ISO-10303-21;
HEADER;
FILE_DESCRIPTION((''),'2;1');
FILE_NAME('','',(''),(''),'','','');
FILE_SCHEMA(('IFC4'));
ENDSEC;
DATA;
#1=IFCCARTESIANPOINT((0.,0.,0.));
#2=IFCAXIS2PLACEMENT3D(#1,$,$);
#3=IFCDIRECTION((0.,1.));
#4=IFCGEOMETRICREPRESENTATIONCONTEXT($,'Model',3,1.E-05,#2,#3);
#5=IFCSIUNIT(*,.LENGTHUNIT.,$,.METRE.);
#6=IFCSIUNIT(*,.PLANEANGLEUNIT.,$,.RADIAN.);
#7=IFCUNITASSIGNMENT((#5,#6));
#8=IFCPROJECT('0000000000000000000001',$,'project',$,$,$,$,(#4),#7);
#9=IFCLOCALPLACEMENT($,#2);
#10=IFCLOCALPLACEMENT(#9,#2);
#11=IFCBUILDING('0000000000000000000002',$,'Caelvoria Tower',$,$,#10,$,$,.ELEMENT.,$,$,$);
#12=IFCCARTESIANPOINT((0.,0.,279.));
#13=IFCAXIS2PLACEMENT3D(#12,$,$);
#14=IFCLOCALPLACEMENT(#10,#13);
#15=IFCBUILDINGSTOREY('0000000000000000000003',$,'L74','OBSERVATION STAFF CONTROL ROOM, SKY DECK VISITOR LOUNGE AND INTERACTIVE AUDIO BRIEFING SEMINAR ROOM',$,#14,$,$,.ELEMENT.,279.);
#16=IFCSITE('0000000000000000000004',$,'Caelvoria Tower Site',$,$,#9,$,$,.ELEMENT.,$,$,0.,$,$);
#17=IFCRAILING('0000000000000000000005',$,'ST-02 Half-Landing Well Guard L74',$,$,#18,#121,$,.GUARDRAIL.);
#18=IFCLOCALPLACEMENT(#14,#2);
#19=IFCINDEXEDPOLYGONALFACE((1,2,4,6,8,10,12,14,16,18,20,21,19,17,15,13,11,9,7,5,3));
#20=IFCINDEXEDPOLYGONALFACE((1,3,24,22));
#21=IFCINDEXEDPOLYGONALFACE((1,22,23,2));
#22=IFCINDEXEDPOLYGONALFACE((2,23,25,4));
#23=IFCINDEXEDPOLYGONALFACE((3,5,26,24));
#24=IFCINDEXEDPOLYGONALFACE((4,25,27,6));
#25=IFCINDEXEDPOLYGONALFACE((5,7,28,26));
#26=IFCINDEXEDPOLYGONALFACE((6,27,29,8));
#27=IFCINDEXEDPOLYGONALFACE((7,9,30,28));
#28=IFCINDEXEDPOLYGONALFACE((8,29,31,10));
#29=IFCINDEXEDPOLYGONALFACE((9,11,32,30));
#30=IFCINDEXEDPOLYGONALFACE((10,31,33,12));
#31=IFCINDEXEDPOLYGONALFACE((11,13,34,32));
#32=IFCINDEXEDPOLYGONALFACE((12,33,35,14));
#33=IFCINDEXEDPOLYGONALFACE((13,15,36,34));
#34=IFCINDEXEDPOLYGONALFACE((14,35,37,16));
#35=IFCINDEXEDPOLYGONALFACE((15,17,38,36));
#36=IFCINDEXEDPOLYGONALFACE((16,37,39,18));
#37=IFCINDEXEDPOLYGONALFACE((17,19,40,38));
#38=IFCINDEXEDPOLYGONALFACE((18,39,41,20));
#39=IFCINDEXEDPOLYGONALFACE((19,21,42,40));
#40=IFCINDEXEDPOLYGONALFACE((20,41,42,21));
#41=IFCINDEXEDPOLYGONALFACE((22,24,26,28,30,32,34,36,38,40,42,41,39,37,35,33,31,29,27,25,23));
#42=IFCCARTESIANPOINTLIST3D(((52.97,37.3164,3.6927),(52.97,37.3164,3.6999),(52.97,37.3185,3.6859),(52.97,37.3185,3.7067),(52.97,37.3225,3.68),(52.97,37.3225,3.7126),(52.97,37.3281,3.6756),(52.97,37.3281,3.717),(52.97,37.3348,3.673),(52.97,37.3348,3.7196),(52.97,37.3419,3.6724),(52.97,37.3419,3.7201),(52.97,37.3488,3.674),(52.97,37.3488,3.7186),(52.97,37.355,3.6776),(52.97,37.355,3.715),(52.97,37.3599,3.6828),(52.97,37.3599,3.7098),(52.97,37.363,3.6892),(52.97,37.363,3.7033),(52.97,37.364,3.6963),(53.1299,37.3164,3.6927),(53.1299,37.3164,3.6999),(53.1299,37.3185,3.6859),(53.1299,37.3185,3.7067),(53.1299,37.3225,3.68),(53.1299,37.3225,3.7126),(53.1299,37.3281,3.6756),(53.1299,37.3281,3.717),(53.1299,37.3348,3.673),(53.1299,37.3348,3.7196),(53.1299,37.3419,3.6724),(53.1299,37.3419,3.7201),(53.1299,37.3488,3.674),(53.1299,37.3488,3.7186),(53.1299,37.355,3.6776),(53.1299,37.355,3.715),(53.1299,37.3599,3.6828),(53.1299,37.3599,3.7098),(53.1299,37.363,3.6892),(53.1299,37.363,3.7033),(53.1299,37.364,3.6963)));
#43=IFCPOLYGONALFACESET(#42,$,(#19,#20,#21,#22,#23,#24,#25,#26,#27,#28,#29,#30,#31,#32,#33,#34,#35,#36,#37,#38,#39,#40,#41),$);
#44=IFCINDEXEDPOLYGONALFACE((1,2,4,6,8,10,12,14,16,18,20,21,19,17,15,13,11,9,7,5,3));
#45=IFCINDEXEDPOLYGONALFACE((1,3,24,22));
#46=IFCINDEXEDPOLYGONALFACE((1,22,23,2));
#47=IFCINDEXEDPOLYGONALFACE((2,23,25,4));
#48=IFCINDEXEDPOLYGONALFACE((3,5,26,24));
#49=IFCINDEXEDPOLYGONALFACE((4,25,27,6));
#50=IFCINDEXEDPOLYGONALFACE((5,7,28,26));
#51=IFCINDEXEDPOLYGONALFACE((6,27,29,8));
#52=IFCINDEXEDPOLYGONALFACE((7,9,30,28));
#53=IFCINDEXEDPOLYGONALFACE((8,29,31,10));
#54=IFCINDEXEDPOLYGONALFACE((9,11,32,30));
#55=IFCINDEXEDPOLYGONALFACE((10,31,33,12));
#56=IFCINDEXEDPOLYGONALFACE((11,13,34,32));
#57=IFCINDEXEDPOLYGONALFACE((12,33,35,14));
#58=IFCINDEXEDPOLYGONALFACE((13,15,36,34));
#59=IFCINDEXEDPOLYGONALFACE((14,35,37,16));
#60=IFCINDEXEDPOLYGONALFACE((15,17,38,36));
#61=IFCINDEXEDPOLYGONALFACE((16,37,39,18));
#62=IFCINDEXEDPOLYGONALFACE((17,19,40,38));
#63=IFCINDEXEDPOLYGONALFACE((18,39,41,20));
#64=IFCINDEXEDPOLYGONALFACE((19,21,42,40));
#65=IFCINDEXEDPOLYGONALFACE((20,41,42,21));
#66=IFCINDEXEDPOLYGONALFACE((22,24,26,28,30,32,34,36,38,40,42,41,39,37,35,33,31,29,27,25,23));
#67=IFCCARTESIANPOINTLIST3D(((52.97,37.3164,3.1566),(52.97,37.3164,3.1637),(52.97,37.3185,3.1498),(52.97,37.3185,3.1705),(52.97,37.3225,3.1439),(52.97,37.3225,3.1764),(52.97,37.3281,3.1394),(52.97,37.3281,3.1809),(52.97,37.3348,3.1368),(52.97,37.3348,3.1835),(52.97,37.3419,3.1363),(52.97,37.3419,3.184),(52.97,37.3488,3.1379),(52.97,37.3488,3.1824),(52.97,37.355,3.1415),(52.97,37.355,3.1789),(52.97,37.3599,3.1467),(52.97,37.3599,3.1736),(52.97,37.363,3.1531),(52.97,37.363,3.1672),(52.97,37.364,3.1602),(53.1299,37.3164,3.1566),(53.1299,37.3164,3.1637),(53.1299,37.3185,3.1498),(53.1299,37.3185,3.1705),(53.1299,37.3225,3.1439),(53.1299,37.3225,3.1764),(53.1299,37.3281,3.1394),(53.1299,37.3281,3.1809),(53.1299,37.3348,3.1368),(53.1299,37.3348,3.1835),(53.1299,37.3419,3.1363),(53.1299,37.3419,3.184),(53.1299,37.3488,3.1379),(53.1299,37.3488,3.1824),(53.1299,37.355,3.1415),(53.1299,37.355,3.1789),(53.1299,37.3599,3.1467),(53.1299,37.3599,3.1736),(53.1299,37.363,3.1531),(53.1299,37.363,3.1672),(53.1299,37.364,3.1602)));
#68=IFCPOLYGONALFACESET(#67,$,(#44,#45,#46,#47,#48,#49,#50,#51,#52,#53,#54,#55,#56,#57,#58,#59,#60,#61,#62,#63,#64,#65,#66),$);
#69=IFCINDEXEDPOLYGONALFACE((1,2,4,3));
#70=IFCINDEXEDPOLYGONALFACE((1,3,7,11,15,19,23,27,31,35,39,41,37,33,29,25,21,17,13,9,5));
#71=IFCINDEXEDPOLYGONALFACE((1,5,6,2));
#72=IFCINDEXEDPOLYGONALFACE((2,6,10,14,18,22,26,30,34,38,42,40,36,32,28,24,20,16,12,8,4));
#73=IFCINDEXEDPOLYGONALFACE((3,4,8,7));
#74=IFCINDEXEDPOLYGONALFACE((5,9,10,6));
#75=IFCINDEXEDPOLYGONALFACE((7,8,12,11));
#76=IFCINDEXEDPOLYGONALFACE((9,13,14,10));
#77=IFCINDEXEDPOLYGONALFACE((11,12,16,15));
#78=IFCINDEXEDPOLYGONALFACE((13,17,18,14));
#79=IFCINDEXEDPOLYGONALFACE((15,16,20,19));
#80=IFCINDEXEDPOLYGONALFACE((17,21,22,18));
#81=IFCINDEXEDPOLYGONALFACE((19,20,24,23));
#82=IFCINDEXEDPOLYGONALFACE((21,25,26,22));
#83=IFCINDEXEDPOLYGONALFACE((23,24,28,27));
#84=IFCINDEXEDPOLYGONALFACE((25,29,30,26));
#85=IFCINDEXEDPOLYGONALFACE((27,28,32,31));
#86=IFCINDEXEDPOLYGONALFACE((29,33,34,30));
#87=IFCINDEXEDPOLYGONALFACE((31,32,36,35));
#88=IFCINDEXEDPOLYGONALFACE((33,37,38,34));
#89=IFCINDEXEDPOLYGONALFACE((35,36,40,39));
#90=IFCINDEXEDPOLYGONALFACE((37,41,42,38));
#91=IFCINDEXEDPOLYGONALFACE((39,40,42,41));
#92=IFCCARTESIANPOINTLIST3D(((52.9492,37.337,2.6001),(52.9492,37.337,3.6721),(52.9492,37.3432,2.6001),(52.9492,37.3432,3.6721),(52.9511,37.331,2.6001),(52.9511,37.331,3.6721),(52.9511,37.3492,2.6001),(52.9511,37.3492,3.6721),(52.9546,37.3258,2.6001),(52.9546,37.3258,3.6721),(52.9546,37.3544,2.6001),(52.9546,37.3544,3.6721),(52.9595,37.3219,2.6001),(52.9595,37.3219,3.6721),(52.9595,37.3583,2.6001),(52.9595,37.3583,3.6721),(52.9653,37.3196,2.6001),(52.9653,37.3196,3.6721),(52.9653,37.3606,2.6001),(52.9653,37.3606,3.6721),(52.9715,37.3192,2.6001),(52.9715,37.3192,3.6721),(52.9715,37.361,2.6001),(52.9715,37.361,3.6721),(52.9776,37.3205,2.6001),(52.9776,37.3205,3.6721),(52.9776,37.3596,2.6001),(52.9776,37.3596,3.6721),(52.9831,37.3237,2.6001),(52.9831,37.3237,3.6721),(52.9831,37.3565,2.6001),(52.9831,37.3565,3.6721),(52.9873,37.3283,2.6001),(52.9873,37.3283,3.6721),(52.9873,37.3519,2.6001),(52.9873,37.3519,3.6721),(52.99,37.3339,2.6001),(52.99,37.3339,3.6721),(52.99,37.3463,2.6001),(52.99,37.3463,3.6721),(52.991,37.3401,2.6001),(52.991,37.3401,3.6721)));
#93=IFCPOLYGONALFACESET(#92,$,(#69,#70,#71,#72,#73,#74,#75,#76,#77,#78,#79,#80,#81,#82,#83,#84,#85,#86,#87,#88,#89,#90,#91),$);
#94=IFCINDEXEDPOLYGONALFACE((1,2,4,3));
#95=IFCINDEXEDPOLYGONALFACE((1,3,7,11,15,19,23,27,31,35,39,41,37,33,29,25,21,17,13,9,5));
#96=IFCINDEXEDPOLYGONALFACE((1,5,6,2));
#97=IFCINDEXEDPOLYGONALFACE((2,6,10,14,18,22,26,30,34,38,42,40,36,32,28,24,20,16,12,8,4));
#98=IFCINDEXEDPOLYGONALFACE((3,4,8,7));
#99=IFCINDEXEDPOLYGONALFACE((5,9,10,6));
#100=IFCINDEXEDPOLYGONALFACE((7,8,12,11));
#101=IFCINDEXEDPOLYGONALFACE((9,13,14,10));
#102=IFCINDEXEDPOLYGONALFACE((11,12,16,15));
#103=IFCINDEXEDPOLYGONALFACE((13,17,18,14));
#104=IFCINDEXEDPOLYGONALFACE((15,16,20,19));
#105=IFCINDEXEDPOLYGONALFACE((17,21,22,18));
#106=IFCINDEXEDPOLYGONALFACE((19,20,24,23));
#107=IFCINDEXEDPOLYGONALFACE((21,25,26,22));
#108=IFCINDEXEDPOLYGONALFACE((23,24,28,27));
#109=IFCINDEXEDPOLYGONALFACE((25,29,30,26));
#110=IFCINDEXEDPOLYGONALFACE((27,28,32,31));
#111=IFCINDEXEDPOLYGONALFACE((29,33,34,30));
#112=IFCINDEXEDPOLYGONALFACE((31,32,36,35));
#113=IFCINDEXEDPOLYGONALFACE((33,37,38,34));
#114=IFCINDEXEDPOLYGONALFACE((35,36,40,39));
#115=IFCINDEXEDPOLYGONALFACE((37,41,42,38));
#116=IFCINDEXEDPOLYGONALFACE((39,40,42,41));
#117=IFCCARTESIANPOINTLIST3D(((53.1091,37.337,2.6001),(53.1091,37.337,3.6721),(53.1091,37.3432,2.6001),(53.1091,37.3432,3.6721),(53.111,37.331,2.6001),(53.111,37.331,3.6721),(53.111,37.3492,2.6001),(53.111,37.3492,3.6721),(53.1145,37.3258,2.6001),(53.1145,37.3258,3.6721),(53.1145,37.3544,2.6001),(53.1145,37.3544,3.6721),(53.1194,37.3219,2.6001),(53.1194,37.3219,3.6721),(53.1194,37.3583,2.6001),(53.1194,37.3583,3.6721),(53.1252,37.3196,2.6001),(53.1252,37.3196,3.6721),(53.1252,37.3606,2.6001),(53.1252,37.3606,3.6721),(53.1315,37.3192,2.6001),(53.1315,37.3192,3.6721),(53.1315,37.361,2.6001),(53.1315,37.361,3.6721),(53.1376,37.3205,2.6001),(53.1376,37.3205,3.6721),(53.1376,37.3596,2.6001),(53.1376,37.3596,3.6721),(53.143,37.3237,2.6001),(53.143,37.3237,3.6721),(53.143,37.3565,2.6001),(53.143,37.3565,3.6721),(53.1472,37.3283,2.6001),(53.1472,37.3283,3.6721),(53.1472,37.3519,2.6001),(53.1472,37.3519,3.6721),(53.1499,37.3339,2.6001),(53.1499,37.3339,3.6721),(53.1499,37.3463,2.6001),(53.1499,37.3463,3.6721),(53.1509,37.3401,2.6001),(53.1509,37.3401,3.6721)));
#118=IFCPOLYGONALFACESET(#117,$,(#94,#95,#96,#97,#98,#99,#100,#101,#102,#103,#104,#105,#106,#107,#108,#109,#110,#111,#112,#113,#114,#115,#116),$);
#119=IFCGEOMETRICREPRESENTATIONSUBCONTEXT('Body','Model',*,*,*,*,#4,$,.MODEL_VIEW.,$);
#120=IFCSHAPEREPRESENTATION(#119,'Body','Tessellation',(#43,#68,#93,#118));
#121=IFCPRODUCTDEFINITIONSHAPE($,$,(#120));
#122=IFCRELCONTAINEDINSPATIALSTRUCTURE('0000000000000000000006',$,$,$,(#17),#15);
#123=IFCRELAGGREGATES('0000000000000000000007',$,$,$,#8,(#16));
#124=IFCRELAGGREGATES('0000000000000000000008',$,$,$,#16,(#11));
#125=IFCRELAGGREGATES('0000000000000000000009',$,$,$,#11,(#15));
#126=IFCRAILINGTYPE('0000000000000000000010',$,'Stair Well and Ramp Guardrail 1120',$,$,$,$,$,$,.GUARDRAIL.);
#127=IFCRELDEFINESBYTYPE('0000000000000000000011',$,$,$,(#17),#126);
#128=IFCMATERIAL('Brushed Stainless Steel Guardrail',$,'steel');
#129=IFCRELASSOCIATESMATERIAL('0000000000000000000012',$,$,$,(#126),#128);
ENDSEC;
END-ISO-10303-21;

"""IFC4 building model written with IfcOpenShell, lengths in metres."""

from ifc_helpers import new_model, si_unit, direction, frame, origin, origin_2d, place, context, subcontext, project, spatial, circle, extrude, material, type_object, element, save


model = new_model("IFC4")

# Units and contexts
model_context = context("Model", 3, precision=1e-05, world=origin(), true_north=direction((0.0, 1.0)))
body_context = subcontext(model_context, "Body", "Model", "MODEL_VIEW")
ifc_project = project(units=[si_unit("LENGTHUNIT", "METRE"), si_unit("PLANEANGLEUNIT", "RADIAN")], contexts=[model_context])

# Site, building, storey
site_placement = place(None, origin())
site = spatial("IfcSite", under=ifc_project, at=site_placement, Name="Caelvoria Tower Site", CompositionType="ELEMENT", RefElevation=0.0)
building_placement = place(site_placement, origin())
building = spatial("IfcBuilding", under=site, at=building_placement, Name="Caelvoria Tower", CompositionType="ELEMENT")
storey_placement = place(building_placement, frame((0.0, 0.0, 279.0)))
storey = spatial("IfcBuildingStorey", under=building, at=storey_placement, Name="L74", Description="OBSERVATION STAFF CONTROL ROOM, SKY DECK VISITOR LOUNGE AND INTERACTIVE AUDIO BRIEFING SEMINAR ROOM", CompositionType="ELEMENT", Elevation=279.0)

# Railing
ifc_material_1 = material(Name="Brushed Stainless Steel Guardrail", Category="steel")
railing_type_1 = type_object("IfcRailingType", Name="Stair Well and Ramp Guardrail 1120", PredefinedType="GUARDRAIL", material=ifc_material_1)
railing_1_placement = place(storey_placement, frame((52.97, 37.3401, 2.6001)))
element("IfcRailing", 1, at=railing_1_placement, inside=storey, type_object=railing_type_1, Name="ST-02 Half-Landing Well Guard L74", PredefinedType="GUARDRAIL", context=body_context, shape_type="SweptSolid", body=[
    extrude(circle(Radius=0.0239, at=origin_2d()), frame((0.0, 0.0, 1.0962), z_axis=(1.0, 0.0, 0.0), x_axis=(0.0, 1.0, 0.0)), (0.0, 0.0, 1.0), 0.1599),
    extrude(circle(Radius=0.0239, at=origin_2d()), frame((0.0, 0.0, 0.5601), z_axis=(1.0, 0.0, 0.0), x_axis=(0.0, 1.0, 0.0)), (0.0, 0.0, 1.0), 0.1599),
    extrude(circle(Radius=0.021, at=origin_2d()), origin(), (0.0, 0.0, 1.0), 1.072),
    extrude(circle(Radius=0.021, at=origin_2d()), frame((0.1599, 0.0, 0.0)), (0.0, 0.0, 1.0), 1.072),
])

save(model, "model.ifc")
